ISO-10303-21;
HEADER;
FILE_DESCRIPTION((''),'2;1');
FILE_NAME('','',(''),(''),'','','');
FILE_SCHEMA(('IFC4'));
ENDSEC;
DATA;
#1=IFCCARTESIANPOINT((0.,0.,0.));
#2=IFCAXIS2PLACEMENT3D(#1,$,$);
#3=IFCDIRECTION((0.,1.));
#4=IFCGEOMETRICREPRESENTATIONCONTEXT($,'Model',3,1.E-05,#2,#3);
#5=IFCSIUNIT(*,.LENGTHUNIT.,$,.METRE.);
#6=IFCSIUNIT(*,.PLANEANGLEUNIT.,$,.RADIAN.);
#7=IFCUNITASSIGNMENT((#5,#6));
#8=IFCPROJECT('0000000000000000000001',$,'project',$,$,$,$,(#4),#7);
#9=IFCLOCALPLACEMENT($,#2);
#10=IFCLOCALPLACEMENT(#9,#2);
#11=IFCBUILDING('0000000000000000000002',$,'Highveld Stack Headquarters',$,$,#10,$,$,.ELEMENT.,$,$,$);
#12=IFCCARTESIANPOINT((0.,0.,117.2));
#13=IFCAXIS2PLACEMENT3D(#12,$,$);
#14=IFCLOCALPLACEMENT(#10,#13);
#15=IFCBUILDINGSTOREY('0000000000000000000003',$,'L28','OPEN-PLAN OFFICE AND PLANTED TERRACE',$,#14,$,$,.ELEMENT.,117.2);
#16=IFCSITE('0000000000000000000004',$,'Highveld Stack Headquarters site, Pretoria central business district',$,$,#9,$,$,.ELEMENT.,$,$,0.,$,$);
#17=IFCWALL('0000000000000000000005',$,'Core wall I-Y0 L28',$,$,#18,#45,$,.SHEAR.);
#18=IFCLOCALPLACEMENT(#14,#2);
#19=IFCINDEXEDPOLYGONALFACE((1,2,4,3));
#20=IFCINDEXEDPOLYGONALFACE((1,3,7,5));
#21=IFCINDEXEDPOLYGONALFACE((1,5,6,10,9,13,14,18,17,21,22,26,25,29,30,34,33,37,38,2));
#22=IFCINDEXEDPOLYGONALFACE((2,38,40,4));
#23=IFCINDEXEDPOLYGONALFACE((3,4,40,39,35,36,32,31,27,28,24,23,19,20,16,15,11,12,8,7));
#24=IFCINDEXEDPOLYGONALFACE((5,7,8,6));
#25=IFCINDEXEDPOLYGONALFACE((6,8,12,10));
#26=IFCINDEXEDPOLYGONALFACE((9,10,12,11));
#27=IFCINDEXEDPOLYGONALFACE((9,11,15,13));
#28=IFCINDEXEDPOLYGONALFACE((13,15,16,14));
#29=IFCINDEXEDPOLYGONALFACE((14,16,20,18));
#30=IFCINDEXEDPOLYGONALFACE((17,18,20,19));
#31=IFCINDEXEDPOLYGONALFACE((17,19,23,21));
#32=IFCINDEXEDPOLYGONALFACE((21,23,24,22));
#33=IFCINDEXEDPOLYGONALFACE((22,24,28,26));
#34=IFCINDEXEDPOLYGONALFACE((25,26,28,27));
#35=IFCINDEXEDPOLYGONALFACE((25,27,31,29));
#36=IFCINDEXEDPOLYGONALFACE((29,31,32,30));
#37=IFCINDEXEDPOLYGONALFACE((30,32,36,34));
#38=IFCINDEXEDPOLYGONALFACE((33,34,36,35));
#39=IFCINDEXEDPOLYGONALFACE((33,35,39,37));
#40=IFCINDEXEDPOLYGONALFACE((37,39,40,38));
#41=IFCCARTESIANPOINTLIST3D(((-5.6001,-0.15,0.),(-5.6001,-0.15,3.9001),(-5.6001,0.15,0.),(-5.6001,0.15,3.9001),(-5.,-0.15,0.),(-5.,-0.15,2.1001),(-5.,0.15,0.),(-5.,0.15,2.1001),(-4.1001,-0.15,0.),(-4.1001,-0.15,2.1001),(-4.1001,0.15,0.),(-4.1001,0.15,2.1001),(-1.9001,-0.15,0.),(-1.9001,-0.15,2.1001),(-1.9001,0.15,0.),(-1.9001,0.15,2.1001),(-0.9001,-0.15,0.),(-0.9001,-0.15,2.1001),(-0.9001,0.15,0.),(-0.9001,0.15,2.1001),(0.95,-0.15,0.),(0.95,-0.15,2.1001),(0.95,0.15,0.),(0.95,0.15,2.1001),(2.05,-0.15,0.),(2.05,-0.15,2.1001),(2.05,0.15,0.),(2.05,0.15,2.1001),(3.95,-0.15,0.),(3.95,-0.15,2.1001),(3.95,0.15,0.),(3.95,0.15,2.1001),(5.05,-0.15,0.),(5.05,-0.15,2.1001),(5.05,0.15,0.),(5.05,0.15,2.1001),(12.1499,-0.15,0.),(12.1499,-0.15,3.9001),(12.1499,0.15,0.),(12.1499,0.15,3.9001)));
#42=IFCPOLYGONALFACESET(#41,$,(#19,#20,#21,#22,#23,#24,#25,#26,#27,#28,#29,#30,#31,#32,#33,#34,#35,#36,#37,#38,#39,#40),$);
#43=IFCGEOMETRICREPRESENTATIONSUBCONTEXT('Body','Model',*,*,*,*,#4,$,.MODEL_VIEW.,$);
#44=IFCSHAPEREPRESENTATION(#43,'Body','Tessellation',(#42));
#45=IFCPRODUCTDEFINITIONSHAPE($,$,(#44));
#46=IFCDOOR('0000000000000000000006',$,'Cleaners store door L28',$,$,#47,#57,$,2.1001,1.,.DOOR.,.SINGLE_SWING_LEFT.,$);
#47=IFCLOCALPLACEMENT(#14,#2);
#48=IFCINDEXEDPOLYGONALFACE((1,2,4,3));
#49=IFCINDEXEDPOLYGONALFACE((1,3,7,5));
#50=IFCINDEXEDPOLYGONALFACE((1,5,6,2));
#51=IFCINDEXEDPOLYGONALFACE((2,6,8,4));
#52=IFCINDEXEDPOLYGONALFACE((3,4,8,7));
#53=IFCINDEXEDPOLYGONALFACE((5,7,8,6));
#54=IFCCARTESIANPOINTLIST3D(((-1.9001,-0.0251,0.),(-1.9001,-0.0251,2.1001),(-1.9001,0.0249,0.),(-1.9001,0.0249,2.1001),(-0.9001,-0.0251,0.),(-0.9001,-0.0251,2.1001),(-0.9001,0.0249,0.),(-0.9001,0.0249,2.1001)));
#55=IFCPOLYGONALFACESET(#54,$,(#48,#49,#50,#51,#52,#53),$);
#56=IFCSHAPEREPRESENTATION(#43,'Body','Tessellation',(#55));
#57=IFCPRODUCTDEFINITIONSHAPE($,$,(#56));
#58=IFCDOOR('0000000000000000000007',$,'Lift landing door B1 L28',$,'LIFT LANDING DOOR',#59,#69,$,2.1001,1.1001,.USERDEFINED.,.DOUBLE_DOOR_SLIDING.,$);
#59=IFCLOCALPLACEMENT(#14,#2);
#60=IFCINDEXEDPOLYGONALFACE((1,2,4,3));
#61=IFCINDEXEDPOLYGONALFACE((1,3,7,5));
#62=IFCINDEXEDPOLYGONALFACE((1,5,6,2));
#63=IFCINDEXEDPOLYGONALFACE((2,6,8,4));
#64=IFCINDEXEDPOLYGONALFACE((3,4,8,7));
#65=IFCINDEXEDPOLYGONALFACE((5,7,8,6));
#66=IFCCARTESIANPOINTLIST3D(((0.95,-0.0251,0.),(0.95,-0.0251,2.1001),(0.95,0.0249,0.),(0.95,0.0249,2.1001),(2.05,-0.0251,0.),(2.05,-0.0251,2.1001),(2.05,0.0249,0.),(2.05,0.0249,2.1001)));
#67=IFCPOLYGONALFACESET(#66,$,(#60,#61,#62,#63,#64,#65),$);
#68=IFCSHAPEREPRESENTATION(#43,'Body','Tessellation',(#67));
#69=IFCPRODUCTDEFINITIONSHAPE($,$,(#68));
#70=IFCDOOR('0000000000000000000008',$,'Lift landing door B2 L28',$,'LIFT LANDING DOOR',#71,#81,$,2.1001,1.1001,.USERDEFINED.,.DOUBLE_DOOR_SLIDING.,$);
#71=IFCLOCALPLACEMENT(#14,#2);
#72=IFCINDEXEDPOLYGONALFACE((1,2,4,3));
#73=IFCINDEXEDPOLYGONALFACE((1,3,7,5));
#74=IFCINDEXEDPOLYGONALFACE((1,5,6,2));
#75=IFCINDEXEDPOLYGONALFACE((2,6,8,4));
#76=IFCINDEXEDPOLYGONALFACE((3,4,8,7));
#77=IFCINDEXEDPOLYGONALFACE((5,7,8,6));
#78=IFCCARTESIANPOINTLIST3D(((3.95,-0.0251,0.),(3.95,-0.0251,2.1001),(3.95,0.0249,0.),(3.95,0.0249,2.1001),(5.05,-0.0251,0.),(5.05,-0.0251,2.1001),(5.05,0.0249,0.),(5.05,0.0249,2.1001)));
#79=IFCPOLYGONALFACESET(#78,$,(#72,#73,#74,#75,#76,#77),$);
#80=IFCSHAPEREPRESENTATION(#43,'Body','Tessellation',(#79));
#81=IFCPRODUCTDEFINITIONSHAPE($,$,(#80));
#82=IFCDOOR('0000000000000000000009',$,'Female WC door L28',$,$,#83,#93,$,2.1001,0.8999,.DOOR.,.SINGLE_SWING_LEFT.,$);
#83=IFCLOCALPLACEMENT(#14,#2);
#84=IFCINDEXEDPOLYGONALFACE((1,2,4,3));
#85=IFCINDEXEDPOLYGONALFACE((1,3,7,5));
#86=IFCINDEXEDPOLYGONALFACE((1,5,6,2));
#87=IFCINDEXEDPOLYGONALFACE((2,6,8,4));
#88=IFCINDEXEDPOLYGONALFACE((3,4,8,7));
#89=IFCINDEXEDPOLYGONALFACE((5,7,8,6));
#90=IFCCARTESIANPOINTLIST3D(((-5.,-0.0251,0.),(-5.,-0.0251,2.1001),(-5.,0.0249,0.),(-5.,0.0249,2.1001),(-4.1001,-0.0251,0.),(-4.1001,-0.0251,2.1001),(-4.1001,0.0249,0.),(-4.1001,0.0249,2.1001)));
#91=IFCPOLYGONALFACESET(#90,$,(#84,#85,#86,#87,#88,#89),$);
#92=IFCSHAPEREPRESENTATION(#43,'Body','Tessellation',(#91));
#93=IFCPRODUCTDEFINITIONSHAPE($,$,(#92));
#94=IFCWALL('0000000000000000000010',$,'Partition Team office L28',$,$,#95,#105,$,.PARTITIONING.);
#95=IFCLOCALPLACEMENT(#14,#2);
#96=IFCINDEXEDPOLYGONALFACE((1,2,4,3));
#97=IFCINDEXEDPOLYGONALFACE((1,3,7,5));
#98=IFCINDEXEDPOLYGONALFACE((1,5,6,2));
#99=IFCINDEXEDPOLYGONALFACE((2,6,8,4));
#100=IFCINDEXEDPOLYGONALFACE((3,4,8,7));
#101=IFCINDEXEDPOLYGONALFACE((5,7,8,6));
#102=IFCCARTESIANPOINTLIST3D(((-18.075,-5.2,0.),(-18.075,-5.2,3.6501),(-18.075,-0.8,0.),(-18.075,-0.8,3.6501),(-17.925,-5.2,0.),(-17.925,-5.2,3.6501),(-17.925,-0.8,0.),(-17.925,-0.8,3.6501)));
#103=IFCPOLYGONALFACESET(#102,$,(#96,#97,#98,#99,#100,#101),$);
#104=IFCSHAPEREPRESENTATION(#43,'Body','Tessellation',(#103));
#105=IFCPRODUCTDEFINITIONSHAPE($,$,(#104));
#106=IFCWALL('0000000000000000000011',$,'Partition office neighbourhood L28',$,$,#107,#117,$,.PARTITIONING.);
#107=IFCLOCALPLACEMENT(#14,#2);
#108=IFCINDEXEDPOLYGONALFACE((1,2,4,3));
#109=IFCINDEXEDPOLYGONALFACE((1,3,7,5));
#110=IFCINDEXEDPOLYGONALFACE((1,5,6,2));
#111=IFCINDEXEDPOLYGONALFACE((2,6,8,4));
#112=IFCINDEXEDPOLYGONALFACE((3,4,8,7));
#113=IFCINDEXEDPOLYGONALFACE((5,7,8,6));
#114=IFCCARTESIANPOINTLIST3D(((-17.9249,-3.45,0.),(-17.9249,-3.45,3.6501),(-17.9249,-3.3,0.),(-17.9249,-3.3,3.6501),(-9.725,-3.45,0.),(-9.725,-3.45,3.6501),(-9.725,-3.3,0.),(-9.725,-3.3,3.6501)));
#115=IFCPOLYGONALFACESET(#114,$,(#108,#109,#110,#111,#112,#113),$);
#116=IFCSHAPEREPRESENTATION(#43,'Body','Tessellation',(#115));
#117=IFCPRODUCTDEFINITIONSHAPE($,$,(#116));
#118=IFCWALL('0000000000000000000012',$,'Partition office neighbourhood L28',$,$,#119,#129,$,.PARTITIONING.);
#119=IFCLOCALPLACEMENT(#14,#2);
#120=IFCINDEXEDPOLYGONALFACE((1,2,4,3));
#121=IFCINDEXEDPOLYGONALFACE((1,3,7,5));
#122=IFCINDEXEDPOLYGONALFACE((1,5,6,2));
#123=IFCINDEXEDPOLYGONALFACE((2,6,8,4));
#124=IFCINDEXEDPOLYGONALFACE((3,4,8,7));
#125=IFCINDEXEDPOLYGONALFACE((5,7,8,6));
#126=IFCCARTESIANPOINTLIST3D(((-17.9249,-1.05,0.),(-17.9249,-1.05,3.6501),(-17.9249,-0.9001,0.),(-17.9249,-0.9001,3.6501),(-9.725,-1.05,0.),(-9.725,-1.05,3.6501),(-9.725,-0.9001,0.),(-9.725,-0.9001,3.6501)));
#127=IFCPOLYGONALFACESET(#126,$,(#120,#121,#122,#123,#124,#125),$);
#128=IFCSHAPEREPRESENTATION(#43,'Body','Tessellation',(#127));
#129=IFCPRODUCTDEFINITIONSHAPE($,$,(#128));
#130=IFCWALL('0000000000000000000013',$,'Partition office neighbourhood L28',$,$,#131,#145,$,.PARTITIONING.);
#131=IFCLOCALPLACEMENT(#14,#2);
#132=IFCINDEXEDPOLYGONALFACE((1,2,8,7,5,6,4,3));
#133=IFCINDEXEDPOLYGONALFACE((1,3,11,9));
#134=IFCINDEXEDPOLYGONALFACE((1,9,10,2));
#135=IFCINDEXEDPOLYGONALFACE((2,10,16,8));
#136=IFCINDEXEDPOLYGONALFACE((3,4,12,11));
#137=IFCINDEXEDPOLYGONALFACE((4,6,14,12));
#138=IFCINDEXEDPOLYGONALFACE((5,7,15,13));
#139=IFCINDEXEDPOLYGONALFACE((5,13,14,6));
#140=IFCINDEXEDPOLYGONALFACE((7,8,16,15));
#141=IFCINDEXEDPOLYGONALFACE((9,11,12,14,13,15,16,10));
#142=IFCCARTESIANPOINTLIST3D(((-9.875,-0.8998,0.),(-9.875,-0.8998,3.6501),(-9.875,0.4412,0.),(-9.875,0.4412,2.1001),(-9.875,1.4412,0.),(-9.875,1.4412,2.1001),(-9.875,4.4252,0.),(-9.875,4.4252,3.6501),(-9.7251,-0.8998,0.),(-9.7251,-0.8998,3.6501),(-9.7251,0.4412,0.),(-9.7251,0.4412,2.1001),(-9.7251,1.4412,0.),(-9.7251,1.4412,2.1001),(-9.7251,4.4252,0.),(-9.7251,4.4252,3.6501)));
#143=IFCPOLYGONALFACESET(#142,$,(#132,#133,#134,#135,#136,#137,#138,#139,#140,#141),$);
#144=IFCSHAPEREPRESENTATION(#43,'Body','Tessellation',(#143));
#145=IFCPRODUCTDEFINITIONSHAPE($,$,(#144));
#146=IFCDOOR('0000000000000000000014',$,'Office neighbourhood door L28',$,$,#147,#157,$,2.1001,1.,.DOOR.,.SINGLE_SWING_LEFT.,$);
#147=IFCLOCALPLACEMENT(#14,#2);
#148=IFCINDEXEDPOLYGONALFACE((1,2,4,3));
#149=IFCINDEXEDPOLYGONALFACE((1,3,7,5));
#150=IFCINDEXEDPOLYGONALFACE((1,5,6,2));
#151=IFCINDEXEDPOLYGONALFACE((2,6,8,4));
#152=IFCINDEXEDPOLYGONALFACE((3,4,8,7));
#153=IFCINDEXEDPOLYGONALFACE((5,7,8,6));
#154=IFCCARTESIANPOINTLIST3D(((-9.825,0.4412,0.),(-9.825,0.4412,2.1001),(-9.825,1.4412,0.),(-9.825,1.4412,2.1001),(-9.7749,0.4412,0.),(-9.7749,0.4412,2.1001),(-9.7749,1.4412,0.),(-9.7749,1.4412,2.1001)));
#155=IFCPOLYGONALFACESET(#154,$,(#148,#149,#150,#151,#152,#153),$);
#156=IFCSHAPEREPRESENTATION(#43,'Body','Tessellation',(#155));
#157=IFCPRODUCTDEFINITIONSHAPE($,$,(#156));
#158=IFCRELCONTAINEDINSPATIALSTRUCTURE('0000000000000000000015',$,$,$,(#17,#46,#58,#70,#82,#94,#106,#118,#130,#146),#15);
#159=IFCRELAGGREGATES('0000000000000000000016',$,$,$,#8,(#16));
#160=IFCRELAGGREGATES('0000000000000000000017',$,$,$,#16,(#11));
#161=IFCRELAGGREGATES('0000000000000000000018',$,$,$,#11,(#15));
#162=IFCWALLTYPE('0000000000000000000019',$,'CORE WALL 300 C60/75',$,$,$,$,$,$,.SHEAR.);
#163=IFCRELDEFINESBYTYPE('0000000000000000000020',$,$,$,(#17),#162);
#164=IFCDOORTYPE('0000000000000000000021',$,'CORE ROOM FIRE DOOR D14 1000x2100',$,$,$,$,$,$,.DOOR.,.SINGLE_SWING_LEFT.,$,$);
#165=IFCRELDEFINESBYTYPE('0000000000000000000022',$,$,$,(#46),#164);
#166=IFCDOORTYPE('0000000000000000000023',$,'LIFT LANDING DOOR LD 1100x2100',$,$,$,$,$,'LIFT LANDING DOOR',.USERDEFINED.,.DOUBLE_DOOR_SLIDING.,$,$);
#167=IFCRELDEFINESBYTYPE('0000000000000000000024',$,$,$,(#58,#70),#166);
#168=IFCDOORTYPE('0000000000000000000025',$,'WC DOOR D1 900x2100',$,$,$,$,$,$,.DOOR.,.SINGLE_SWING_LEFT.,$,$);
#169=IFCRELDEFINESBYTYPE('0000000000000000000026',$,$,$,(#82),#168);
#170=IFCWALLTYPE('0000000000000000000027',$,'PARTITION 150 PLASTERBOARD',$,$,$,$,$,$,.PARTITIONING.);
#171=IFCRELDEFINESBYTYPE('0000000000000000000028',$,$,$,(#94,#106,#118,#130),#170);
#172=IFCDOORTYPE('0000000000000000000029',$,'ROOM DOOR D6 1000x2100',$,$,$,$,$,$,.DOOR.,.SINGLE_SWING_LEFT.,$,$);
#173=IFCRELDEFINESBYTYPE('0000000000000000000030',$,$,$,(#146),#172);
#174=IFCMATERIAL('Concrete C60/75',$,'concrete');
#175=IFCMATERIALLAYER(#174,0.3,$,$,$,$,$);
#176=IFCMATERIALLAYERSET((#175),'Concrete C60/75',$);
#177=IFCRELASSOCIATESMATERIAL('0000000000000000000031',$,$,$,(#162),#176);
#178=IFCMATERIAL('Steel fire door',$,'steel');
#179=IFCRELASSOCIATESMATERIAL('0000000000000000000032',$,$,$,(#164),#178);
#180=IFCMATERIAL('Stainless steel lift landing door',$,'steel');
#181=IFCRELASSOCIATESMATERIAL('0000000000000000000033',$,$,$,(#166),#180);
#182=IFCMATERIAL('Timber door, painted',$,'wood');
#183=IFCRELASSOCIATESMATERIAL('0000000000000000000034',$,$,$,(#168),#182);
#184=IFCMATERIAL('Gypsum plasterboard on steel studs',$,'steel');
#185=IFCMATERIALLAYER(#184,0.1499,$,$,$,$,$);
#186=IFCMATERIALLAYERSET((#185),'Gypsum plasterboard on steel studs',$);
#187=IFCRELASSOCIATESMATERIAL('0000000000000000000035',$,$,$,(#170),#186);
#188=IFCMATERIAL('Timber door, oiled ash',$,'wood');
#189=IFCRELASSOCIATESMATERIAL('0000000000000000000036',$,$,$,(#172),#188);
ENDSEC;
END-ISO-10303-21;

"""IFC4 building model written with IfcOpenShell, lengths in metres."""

from ifc_helpers import new_model, si_unit, direction, frame, frame_2d, origin, place, context, subcontext, project, spatial, rectangle, extrude, material, layer, layer_set, type_object, element, fill, save


model = new_model("IFC4")

# Units and contexts
model_context = context("Model", 3, precision=1e-05, world=origin(), true_north=direction((0.0, 1.0)))
body_context = subcontext(model_context, "Body", "Model", "MODEL_VIEW")
ifc_project = project(units=[si_unit("LENGTHUNIT", "METRE"), si_unit("PLANEANGLEUNIT", "RADIAN")], contexts=[model_context])

# Site, building, storey
site_placement = place(None, origin())
site = spatial("IfcSite", under=ifc_project, at=site_placement, Name="Highveld Stack Headquarters site, Pretoria central business district", CompositionType="ELEMENT", RefElevation=0.0)
building_placement = place(site_placement, origin())
building = spatial("IfcBuilding", under=site, at=building_placement, Name="Highveld Stack Headquarters", CompositionType="ELEMENT")
storey_placement = place(building_placement, frame((0.0, 0.0, 117.2)))
storey = spatial("IfcBuildingStorey", under=building, at=storey_placement, Name="L28", Description="OPEN-PLAN OFFICE AND PLANTED TERRACE", CompositionType="ELEMENT", Elevation=117.2)

# Wall, openings, doors
ifc_material_1 = material(Name="Concrete C60/75", Category="concrete")
ifc_layer_1 = layer(ifc_material_1, 0.3)
ifc_layer_set_1 = layer_set([ifc_layer_1], Name="Concrete C60/75")
wall_type_1 = type_object("IfcWallType", Name="CORE WALL 300 C60/75", PredefinedType="SHEAR", material=ifc_layer_set_1)
wall_1_placement = place(storey_placement, frame((-5.6001, 0.0, 0.0), z_axis=(0.0, 0.0, 1.0), x_axis=(1.0, 0.0, 0.0)))
wall_1 = element("IfcWall", 1, at=wall_1_placement, inside=storey, type_object=wall_type_1, Name="Core wall I-Y0 L28", PredefinedType="SHEAR", context=body_context, shape_type="SweptSolid", body=[
    extrude(rectangle(XDim=17.75, YDim=0.3, at=frame_2d((8.875, 0.0))), origin(), (0.0, 0.0, 1.0), 3.9001),
])
opening_1_placement = place(wall_1_placement, frame((0.6001, 0.0, 0.0)))
opening_1 = element("IfcOpeningElement", 2, at=opening_1_placement, cuts=wall_1, PredefinedType="OPENING", context=body_context, shape_type="SweptSolid", body=[
    extrude(rectangle(XDim=0.8999, YDim=2.1001, at=frame_2d((0.45, 1.05))), frame((0.0, 0.1599, 0.0), z_axis=(0.0, -1.0, 0.0), x_axis=(1.0, 0.0, 0.0)), (0.0, 0.0, 1.0), 0.3201),
])
opening_2_placement = place(wall_1_placement, frame((3.7, 0.0, 0.0)))
opening_2 = element("IfcOpeningElement", 3, at=opening_2_placement, cuts=wall_1, PredefinedType="OPENING", context=body_context, shape_type="SweptSolid", body=[
    extrude(rectangle(XDim=1.0, YDim=2.1001, at=frame_2d((0.5, 1.05))), frame((0.0, 0.1599, 0.0), z_axis=(0.0, -1.0, 0.0), x_axis=(1.0, 0.0, 0.0)), (0.0, 0.0, 1.0), 0.3201),
])
opening_3_placement = place(wall_1_placement, frame((6.55, 0.0, 0.0)))
opening_3 = element("IfcOpeningElement", 4, at=opening_3_placement, cuts=wall_1, PredefinedType="OPENING", context=body_context, shape_type="SweptSolid", body=[
    extrude(rectangle(XDim=1.1001, YDim=2.1001, at=frame_2d((0.55, 1.05))), frame((0.0, 0.1599, 0.0), z_axis=(0.0, -1.0, 0.0), x_axis=(1.0, 0.0, 0.0)), (0.0, 0.0, 1.0), 0.3201),
])
opening_4_placement = place(wall_1_placement, frame((9.55, 0.0, 0.0)))
opening_4 = element("IfcOpeningElement", 5, at=opening_4_placement, cuts=wall_1, PredefinedType="OPENING", context=body_context, shape_type="SweptSolid", body=[
    extrude(rectangle(XDim=1.1001, YDim=2.1001, at=frame_2d((0.55, 1.05))), frame((0.0, 0.1599, 0.0), z_axis=(0.0, -1.0, 0.0), x_axis=(1.0, 0.0, 0.0)), (0.0, 0.0, 1.0), 0.3201),
])
ifc_material_2 = material(Name="Steel fire door", Category="steel")
door_type_1 = type_object("IfcDoorType", Name="CORE ROOM FIRE DOOR D14 1000x2100", OperationType="SINGLE_SWING_LEFT", PredefinedType="DOOR", material=ifc_material_2)
door_1_placement = place(opening_2_placement, origin())
door_1 = element("IfcDoor", 6, at=door_1_placement, inside=storey, type_object=door_type_1, Name="Cleaners store door L28", OperationType="SINGLE_SWING_LEFT", OverallHeight=2.1001, OverallWidth=1.0, PredefinedType="DOOR", context=body_context, shape_type="SweptSolid", body=[
    extrude(rectangle(XDim=1.0, YDim=2.1001, at=frame_2d((0.5, 1.05))), frame((0.0, 0.0249, 0.0), z_axis=(0.0, -1.0, 0.0), x_axis=(1.0, 0.0, 0.0)), (0.0, 0.0, 1.0), 0.05),
])
fill(opening_2, door_1)
ifc_material_3 = material(Name="Stainless steel lift landing door", Category="steel")
door_type_2 = type_object("IfcDoorType", Name="LIFT LANDING DOOR LD 1100x2100", ElementType="LIFT LANDING DOOR", OperationType="DOUBLE_DOOR_SLIDING", PredefinedType="USERDEFINED", material=ifc_material_3)
door_2_placement = place(opening_3_placement, origin())
door_2 = element("IfcDoor", 7, at=door_2_placement, inside=storey, type_object=door_type_2, Name="Lift landing door B1 L28", ObjectType="LIFT LANDING DOOR", OperationType="DOUBLE_DOOR_SLIDING", OverallHeight=2.1001, OverallWidth=1.1001, PredefinedType="USERDEFINED", context=body_context, shape_type="SweptSolid", body=[
    extrude(rectangle(XDim=1.1001, YDim=2.1001, at=frame_2d((0.55, 1.05))), frame((0.0, 0.0249, 0.0), z_axis=(0.0, -1.0, 0.0), x_axis=(1.0, 0.0, 0.0)), (0.0, 0.0, 1.0), 0.05),
])
fill(opening_3, door_2)
door_3_placement = place(opening_4_placement, origin())
door_3 = element("IfcDoor", 8, at=door_3_placement, inside=storey, type_object=door_type_2, Name="Lift landing door B2 L28", ObjectType="LIFT LANDING DOOR", OperationType="DOUBLE_DOOR_SLIDING", OverallHeight=2.1001, OverallWidth=1.1001, PredefinedType="USERDEFINED", context=body_context, shape_type="SweptSolid", body=[
    extrude(rectangle(XDim=1.1001, YDim=2.1001, at=frame_2d((0.55, 1.05))), frame((0.0, 0.0249, 0.0), z_axis=(0.0, -1.0, 0.0), x_axis=(1.0, 0.0, 0.0)), (0.0, 0.0, 1.0), 0.05),
])
fill(opening_4, door_3)
ifc_material_4 = material(Name="Timber door, painted", Category="wood")
door_type_3 = type_object("IfcDoorType", Name="WC DOOR D1 900x2100", OperationType="SINGLE_SWING_LEFT", PredefinedType="DOOR", material=ifc_material_4)
door_4_placement = place(opening_1_placement, origin())
door_4 = element("IfcDoor", 9, at=door_4_placement, inside=storey, type_object=door_type_3, Name="Female WC door L28", OperationType="SINGLE_SWING_LEFT", OverallHeight=2.1001, OverallWidth=0.8999, PredefinedType="DOOR", context=body_context, shape_type="SweptSolid", body=[
    extrude(rectangle(XDim=0.8999, YDim=2.1001, at=frame_2d((0.45, 1.05))), frame((0.0, 0.0249, 0.0), z_axis=(0.0, -1.0, 0.0), x_axis=(1.0, 0.0, 0.0)), (0.0, 0.0, 1.0), 0.05),
])
fill(opening_1, door_4)

# Walls
ifc_material_5 = material(Name="Gypsum plasterboard on steel studs", Category="steel")
ifc_layer_2 = layer(ifc_material_5, 0.1499)
ifc_layer_set_2 = layer_set([ifc_layer_2], Name="Gypsum plasterboard on steel studs")
wall_type_2 = type_object("IfcWallType", Name="PARTITION 150 PLASTERBOARD", PredefinedType="PARTITIONING", material=ifc_layer_set_2)
wall_2_placement = place(storey_placement, frame((-18.0, -5.2, 0.0), z_axis=(0.0, 0.0, 1.0), x_axis=(0.0, 1.0, 0.0)))
element("IfcWall", 10, at=wall_2_placement, inside=storey, type_object=wall_type_2, Name="Partition Team office L28", PredefinedType="PARTITIONING", context=body_context, shape_type="SweptSolid", body=[
    extrude(rectangle(XDim=4.3999, YDim=0.1499, at=frame_2d((2.2, 0.0))), origin(), (0.0, 0.0, 1.0), 3.6501),
])
for number, where, z_axis, x_axis, name in (
    (11, (-17.925, -3.375, 0.0), (0.0, 0.0, 1.0), (1.0, 0.0, 0.0), "Partition office neighbourhood L28"),
    (12, (-17.925, -0.9751, 0.0), (0.0, 0.0, 1.0), (1.0, 0.0, 0.0), "Partition office neighbourhood L28"),
):
    element("IfcWall", number, at=place(storey_placement, frame(where, z_axis=z_axis, x_axis=x_axis)), inside=storey, type_object=wall_type_2, Name=name, PredefinedType="PARTITIONING", context=body_context, shape_type="SweptSolid", body=[
        extrude(rectangle(XDim=8.2, YDim=0.1499, at=frame_2d((4.1001, 0.0))), origin(), (0.0, 0.0, 1.0), 3.6501),
    ])

# Wall, opening, door
wall_3_placement = place(storey_placement, frame((-9.8, -0.8999, 0.0), z_axis=(0.0, 0.0, 1.0), x_axis=(0.0, 1.0, 0.0)))
wall_3 = element("IfcWall", 13, at=wall_3_placement, inside=storey, type_object=wall_type_2, Name="Partition office neighbourhood L28", PredefinedType="PARTITIONING", context=body_context, shape_type="SweptSolid", body=[
    extrude(rectangle(XDim=5.325, YDim=0.1499, at=frame_2d((2.6626, 0.0))), origin(), (0.0, 0.0, 1.0), 3.6501),
])
opening_5_placement = place(wall_3_placement, frame((1.3411, 0.0, 0.0)))
opening_5 = element("IfcOpeningElement", 14, at=opening_5_placement, cuts=wall_3, PredefinedType="OPENING", context=body_context, shape_type="SweptSolid", body=[
    extrude(rectangle(XDim=1.0, YDim=2.1001, at=frame_2d((0.5, 1.05))), frame((0.0, 0.085, 0.0), z_axis=(0.0, -1.0, 0.0), x_axis=(1.0, 0.0, 0.0)), (0.0, 0.0, 1.0), 0.1699),
])
ifc_material_6 = material(Name="Timber door, oiled ash", Category="wood")
door_type_4 = type_object("IfcDoorType", Name="ROOM DOOR D6 1000x2100", OperationType="SINGLE_SWING_LEFT", PredefinedType="DOOR", material=ifc_material_6)
door_5_placement = place(opening_5_placement, origin())
door_5 = element("IfcDoor", 15, at=door_5_placement, inside=storey, type_object=door_type_4, Name="Office neighbourhood door L28", OperationType="SINGLE_SWING_LEFT", OverallHeight=2.1001, OverallWidth=1.0, PredefinedType="DOOR", context=body_context, shape_type="SweptSolid", body=[
    extrude(rectangle(XDim=1.0, YDim=2.1001, at=frame_2d((0.5, 1.05))), frame((0.0, 0.0249, 0.0), z_axis=(0.0, -1.0, 0.0), x_axis=(1.0, 0.0, 0.0)), (0.0, 0.0, 1.0), 0.05),
])
fill(opening_5, door_5)

save(model, "model.ifc")
